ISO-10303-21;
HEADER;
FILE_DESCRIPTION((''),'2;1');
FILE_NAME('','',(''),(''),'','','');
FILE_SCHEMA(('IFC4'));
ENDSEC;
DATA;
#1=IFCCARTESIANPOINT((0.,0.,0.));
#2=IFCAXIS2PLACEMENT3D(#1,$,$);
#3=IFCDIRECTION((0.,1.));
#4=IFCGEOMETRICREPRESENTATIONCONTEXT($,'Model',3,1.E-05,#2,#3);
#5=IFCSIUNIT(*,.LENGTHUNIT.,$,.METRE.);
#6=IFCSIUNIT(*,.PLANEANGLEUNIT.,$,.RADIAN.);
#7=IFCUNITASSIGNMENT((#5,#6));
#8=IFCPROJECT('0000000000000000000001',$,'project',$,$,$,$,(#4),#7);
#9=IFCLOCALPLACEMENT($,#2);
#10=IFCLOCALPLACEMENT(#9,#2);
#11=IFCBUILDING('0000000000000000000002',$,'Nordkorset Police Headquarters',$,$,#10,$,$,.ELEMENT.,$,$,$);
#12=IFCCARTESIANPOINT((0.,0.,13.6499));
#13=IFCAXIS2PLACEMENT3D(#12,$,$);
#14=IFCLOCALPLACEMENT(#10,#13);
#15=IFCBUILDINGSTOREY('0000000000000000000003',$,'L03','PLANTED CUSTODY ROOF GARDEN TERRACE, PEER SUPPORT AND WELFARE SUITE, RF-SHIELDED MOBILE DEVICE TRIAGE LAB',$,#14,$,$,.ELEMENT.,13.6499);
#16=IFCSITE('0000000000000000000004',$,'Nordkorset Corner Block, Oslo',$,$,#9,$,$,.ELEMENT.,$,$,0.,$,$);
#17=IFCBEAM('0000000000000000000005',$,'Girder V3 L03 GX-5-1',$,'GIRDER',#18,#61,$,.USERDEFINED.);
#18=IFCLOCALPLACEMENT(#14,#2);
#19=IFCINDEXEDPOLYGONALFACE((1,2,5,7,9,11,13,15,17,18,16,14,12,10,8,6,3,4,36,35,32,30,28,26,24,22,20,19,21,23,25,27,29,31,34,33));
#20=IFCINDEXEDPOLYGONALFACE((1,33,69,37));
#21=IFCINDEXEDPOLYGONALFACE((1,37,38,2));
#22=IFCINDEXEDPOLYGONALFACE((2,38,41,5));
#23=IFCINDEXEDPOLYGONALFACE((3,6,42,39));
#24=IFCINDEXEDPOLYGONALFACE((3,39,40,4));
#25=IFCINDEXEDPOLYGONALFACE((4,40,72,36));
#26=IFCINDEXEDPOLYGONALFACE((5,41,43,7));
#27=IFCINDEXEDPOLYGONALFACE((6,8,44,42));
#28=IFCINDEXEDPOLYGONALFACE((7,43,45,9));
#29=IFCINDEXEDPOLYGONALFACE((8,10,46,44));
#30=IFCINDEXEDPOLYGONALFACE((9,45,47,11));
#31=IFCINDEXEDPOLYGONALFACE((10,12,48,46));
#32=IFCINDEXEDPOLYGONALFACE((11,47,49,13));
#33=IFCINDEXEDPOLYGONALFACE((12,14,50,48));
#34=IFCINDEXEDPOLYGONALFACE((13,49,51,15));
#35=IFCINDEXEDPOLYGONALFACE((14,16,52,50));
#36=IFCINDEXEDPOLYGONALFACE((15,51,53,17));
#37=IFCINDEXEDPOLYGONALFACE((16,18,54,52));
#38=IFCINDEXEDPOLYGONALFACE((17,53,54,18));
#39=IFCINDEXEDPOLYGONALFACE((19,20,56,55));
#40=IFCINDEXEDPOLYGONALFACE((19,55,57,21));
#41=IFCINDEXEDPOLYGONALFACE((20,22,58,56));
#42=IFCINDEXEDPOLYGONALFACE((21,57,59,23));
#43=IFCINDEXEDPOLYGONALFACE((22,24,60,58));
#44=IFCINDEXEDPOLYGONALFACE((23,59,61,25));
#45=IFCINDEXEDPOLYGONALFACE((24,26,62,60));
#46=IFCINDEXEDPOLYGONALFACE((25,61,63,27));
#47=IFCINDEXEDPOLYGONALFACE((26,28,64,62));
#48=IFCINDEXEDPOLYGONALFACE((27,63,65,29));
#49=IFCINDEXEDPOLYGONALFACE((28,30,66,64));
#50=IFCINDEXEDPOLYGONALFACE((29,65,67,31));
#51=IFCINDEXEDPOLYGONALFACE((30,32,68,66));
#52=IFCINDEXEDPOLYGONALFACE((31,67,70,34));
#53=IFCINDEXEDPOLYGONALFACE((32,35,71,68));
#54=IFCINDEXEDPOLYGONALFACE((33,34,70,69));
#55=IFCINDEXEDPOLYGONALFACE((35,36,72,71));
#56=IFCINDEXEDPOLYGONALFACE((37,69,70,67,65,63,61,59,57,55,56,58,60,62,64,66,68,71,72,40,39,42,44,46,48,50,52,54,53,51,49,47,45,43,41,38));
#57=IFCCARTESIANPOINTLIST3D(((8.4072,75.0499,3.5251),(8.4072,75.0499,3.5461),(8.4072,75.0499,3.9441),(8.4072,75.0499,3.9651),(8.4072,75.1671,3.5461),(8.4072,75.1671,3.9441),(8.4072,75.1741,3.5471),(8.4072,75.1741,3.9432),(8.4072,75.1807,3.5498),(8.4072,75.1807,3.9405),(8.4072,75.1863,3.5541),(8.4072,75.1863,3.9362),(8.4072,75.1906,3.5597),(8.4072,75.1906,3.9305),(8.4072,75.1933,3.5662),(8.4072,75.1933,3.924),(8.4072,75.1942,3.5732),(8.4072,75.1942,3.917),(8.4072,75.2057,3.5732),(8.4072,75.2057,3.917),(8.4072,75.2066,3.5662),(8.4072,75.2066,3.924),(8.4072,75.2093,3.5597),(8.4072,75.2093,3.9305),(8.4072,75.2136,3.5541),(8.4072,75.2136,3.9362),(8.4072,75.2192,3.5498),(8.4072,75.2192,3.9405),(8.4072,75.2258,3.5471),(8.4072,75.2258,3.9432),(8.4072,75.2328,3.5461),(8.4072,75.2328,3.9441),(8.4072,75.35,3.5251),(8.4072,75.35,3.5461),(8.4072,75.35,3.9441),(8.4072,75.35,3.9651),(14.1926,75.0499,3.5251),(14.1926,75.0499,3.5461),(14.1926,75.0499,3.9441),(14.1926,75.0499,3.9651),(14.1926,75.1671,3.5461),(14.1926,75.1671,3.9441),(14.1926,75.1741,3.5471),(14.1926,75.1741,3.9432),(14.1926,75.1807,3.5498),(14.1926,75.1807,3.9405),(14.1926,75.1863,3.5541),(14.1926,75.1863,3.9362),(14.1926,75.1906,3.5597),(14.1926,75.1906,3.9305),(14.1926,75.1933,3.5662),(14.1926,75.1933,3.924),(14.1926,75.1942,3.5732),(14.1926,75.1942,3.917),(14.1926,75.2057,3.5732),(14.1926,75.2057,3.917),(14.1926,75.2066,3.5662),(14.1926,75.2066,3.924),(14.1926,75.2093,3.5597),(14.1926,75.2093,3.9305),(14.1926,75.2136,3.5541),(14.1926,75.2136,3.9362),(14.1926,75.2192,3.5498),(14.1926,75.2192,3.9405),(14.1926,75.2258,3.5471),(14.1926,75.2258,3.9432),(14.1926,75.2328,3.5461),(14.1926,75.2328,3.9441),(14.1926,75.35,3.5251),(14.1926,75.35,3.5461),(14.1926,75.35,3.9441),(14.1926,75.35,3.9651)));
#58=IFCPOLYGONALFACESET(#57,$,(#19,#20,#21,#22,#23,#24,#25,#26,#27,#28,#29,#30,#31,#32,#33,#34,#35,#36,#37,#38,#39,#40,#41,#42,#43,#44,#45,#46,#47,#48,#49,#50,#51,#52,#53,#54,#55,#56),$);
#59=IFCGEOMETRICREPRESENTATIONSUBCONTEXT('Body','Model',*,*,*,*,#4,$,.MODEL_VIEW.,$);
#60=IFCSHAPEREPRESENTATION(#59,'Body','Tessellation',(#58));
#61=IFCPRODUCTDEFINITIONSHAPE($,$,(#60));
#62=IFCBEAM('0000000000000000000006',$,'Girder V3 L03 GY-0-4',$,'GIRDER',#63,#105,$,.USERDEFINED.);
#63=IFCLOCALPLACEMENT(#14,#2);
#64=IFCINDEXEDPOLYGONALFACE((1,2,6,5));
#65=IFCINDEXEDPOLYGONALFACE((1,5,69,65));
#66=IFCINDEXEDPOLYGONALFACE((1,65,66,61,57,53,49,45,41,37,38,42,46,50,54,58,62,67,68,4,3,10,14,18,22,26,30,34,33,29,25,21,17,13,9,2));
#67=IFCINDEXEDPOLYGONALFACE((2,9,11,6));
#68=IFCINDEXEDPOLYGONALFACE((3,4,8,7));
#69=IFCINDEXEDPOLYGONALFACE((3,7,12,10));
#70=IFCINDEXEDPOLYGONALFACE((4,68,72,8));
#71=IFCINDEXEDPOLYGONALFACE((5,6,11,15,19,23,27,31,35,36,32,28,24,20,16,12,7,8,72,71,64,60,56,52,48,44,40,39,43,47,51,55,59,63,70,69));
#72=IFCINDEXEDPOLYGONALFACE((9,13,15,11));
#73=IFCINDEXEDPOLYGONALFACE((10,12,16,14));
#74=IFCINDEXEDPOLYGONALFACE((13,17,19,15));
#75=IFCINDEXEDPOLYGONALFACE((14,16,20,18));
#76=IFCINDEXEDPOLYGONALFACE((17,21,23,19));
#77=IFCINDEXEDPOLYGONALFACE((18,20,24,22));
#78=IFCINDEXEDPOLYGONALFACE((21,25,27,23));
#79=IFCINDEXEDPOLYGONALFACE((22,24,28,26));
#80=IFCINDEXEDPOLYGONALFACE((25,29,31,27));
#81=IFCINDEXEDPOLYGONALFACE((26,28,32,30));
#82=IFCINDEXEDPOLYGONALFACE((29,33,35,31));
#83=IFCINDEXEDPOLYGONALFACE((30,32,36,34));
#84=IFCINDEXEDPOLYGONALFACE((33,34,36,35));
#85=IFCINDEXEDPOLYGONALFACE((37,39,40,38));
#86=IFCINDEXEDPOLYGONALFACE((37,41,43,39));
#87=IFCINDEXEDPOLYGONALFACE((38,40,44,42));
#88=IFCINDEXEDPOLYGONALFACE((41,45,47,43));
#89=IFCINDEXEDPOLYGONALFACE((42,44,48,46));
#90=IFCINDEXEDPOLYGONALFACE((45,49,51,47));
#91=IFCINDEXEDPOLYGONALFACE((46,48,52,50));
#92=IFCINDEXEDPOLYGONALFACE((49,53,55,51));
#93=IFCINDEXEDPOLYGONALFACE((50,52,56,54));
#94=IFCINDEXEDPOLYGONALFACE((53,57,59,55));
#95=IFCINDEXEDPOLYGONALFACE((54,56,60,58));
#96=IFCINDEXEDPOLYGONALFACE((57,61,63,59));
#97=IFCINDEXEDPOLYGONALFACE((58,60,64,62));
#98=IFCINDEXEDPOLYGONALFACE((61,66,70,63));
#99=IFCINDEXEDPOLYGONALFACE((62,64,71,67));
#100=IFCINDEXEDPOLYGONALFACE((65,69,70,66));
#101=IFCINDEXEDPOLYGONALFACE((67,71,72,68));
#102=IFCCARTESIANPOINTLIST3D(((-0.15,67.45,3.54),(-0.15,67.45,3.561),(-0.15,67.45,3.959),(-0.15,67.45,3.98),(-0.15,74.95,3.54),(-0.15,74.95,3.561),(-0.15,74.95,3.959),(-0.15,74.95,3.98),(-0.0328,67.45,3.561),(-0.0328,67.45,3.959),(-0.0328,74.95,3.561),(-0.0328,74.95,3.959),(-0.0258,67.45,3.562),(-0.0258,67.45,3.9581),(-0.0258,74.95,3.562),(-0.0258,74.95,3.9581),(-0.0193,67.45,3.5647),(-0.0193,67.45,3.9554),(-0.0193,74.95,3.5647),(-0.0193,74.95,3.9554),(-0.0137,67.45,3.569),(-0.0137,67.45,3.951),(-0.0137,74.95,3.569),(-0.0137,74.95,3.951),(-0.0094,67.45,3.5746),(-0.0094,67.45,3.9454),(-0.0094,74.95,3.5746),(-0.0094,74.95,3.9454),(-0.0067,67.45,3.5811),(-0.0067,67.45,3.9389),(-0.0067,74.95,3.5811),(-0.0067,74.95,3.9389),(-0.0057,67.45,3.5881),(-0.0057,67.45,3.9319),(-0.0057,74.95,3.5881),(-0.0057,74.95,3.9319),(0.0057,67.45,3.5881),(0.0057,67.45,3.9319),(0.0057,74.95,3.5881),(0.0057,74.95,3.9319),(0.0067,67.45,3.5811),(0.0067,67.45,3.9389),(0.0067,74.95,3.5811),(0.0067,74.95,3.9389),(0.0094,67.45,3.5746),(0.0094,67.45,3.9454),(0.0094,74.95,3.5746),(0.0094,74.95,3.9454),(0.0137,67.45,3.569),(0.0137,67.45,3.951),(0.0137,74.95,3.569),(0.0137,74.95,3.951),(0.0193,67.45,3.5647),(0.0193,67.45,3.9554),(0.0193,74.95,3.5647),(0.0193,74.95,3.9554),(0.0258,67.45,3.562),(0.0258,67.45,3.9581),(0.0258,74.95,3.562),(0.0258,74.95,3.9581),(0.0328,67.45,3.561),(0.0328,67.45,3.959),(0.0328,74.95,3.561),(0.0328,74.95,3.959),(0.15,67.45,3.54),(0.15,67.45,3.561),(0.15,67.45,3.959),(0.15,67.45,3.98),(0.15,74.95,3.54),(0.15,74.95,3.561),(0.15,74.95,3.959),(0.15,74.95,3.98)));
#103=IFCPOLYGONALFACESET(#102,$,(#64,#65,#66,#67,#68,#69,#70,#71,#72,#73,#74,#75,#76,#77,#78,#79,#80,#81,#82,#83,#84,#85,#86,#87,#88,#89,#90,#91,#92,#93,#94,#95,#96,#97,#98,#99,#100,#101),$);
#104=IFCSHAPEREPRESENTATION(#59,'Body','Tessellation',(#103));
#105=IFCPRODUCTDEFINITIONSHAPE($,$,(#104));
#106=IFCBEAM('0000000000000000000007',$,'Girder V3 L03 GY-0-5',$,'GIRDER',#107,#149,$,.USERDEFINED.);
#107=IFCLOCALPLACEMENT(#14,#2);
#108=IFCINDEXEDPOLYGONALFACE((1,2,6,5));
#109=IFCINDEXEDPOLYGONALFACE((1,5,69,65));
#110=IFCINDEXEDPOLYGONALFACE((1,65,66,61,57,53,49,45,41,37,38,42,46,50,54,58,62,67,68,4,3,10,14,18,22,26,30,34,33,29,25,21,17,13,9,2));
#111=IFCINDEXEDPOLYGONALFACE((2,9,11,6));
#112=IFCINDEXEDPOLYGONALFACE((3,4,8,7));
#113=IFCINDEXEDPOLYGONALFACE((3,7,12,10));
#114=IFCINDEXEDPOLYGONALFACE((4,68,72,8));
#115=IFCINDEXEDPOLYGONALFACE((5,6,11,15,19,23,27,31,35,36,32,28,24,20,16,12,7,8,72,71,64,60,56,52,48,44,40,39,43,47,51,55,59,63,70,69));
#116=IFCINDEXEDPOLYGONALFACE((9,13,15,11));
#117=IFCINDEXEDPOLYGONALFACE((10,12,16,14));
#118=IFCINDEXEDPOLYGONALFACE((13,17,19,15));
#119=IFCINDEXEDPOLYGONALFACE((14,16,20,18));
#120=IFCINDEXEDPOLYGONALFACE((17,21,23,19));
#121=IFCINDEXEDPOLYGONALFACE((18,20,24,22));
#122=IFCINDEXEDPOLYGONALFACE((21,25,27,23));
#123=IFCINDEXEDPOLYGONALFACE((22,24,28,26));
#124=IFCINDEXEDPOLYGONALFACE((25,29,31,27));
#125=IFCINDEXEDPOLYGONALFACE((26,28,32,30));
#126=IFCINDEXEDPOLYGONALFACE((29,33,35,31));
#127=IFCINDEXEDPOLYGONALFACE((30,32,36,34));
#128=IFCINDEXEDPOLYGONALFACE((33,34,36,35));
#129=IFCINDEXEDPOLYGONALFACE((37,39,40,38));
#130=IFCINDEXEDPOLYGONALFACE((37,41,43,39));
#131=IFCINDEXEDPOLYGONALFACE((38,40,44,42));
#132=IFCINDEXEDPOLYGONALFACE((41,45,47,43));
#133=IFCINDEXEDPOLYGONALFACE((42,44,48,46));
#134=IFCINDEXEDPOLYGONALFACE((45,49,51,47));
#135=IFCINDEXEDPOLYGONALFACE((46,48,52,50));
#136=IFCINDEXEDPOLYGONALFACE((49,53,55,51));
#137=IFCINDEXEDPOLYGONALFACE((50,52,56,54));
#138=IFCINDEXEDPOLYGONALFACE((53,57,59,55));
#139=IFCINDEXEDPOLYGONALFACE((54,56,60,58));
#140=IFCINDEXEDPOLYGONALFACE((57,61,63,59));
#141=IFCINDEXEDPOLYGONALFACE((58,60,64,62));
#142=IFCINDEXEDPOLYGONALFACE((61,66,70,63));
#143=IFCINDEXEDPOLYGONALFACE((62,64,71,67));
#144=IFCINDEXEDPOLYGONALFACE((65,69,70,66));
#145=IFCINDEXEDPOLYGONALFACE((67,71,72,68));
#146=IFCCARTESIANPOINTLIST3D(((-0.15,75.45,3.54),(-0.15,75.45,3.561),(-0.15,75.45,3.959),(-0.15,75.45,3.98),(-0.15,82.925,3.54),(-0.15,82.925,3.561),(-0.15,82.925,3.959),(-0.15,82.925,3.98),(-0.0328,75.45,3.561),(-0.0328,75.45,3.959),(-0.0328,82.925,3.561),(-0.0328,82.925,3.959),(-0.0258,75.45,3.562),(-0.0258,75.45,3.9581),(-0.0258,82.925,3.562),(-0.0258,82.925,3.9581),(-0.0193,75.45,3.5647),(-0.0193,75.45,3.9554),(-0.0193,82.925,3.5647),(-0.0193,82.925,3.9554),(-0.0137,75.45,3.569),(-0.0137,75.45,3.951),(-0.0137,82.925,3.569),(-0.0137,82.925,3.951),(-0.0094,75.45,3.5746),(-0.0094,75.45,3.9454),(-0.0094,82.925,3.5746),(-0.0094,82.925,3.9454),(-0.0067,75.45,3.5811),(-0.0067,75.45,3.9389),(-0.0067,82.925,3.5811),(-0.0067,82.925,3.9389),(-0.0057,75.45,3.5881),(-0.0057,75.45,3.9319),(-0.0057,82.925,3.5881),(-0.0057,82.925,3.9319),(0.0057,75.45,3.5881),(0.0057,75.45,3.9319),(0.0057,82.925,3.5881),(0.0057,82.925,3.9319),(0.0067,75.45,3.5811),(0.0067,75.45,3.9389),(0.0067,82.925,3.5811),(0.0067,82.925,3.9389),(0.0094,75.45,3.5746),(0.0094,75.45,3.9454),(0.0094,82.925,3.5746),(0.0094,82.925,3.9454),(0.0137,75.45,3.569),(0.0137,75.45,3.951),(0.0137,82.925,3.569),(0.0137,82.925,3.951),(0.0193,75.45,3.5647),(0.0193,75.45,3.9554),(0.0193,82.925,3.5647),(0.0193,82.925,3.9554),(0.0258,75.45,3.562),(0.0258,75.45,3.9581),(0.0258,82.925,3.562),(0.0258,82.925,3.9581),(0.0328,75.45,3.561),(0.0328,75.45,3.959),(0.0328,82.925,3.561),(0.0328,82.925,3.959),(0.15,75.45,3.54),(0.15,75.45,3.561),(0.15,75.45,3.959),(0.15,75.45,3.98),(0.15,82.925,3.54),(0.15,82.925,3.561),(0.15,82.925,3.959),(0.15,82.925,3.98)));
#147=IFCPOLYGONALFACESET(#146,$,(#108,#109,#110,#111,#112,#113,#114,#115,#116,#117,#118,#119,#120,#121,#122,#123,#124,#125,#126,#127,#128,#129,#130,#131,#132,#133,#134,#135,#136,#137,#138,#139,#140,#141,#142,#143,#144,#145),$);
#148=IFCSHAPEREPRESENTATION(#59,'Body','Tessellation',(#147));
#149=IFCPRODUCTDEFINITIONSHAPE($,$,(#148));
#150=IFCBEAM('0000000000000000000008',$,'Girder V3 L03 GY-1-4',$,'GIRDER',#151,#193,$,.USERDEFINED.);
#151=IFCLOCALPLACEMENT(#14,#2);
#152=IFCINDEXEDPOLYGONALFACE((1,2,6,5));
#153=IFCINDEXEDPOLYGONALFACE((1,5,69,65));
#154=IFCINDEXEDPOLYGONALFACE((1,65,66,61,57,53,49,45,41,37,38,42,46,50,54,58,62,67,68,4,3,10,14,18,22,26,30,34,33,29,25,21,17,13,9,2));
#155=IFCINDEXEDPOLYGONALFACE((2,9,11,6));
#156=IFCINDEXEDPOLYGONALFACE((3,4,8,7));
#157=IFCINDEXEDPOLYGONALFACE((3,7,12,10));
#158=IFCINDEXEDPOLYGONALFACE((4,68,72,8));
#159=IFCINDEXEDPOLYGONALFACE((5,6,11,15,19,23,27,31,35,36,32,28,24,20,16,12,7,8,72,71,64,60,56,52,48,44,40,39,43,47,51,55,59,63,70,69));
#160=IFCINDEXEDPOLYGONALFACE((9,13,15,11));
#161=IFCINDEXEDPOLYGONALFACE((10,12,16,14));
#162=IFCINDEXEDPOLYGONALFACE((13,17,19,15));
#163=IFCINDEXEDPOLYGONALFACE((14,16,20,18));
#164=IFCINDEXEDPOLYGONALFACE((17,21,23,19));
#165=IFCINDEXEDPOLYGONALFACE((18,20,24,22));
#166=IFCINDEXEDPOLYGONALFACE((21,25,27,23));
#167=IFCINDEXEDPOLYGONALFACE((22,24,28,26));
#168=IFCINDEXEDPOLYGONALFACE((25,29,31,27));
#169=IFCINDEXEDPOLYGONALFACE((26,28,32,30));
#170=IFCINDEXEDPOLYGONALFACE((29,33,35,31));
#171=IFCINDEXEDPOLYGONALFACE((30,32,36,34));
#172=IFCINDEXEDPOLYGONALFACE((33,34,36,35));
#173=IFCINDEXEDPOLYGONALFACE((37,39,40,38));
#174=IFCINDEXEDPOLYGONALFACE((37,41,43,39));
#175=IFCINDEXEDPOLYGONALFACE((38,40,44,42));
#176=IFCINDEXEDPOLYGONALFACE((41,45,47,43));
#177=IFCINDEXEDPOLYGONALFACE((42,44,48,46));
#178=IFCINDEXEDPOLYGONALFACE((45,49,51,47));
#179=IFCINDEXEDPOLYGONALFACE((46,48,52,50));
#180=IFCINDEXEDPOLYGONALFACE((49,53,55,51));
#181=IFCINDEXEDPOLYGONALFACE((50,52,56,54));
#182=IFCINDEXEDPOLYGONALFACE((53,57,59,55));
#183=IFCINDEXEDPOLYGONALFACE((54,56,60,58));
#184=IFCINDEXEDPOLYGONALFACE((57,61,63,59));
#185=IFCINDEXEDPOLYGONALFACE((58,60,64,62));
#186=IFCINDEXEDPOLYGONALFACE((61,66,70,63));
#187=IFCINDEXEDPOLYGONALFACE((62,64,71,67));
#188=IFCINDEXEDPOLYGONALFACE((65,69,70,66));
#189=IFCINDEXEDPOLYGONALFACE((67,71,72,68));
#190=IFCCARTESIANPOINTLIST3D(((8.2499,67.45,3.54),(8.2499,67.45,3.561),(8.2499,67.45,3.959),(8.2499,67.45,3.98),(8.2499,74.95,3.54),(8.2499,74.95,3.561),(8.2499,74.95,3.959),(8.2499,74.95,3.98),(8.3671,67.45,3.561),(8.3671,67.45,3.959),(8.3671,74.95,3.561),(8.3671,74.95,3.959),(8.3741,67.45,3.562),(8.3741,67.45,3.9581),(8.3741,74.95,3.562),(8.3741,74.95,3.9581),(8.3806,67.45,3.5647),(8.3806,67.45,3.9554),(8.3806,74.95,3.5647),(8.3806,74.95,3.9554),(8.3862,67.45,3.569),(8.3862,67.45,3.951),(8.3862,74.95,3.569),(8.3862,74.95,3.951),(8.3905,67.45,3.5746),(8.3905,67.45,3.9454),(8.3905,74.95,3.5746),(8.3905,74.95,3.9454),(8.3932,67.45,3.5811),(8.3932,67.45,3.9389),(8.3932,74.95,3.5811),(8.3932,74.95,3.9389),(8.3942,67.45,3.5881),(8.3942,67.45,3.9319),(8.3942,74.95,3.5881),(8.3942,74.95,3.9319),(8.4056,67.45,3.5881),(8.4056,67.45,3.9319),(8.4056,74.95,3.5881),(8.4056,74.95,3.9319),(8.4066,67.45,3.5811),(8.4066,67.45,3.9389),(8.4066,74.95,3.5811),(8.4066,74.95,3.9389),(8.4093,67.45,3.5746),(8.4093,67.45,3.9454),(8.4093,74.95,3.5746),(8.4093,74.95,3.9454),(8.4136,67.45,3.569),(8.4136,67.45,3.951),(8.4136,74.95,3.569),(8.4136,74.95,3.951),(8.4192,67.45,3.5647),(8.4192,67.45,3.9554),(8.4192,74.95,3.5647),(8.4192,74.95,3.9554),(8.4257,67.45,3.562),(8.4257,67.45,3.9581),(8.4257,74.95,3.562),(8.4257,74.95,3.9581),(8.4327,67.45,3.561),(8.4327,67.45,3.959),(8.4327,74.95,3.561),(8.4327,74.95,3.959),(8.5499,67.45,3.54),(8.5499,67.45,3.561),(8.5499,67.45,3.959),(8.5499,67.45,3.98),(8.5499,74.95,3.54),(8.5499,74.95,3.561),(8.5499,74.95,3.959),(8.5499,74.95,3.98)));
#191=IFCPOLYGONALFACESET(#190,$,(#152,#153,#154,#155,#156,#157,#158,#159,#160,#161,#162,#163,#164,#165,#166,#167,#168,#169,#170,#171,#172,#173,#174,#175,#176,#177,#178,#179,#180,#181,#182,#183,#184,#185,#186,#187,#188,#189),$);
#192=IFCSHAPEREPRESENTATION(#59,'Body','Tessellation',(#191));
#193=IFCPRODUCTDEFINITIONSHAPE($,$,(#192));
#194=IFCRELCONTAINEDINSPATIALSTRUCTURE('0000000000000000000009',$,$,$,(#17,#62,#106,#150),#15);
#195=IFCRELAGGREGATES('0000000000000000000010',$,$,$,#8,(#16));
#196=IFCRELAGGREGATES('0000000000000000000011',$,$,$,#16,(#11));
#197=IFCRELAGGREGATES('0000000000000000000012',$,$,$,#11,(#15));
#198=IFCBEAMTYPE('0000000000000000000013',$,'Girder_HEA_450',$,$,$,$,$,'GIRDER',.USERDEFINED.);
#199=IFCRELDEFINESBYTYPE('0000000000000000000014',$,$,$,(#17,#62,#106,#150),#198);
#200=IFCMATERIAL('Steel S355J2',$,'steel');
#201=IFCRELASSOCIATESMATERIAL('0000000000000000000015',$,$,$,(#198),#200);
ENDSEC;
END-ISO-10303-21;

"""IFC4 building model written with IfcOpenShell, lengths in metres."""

from ifc_helpers import new_model, si_unit, direction, frame, origin, origin_2d, place, context, subcontext, project, spatial, i_section, extrude, material, material_profile, profile_set, type_object, element, save


model = new_model("IFC4")

# Units and contexts
model_context = context("Model", 3, precision=1e-05, world=origin(), true_north=direction((0.0, 1.0)))
body_context = subcontext(model_context, "Body", "Model", "MODEL_VIEW")
ifc_project = project(units=[si_unit("LENGTHUNIT", "METRE"), si_unit("PLANEANGLEUNIT", "RADIAN")], contexts=[model_context])

# Site, building, storey
site_placement = place(None, origin())
site = spatial("IfcSite", under=ifc_project, at=site_placement, Name="Nordkorset Corner Block, Oslo", CompositionType="ELEMENT", RefElevation=0.0)
building_placement = place(site_placement, origin())
building = spatial("IfcBuilding", under=site, at=building_placement, Name="Nordkorset Police Headquarters", CompositionType="ELEMENT")
storey_placement = place(building_placement, frame((0.0, 0.0, 13.6499)))
storey = spatial("IfcBuildingStorey", under=building, at=storey_placement, Name="L03", Description="PLANTED CUSTODY ROOF GARDEN TERRACE, PEER SUPPORT AND WELFARE SUITE, RF-SHIELDED MOBILE DEVICE TRIAGE LAB", CompositionType="ELEMENT", Elevation=13.6499)

# Beams
ifc_material_1 = material(Name="Steel S355J2", Category="steel")
ifc_material_profile_1 = material_profile(ifc_material_1, i_section(OverallWidth=0.3, OverallDepth=0.4399, WebThickness=0.0115, FlangeThickness=0.021, FilletRadius=0.0271, at=origin_2d()), Name="HEA 450")
ifc_profile_set_1 = profile_set([ifc_material_profile_1], Name="Steel S355J2")
beam_type_1 = type_object("IfcBeamType", Name="Girder_HEA_450", ElementType="GIRDER", PredefinedType="USERDEFINED", material=ifc_profile_set_1)
beam_1_placement = place(storey_placement, frame((8.4072, 75.2, 3.7451), z_axis=(1.0, 0.0, 0.0), x_axis=(0.0, 1.0, 0.0)))
element("IfcBeam", 1, at=beam_1_placement, inside=storey, type_object=beam_type_1, Name="Girder V3 L03 GX-5-1", ObjectType="GIRDER", PredefinedType="USERDEFINED", context=body_context, shape_type="SweptSolid", body=[
    extrude(i_section(OverallWidth=0.3, OverallDepth=0.4399, WebThickness=0.0115, FlangeThickness=0.021, FilletRadius=0.0271, at=origin_2d()), origin(), (0.0, 0.0, 1.0), 5.7854),
])
beam_2_placement = place(storey_placement, frame((0.0, 67.45, 3.76), z_axis=(0.0, 1.0, 0.0), x_axis=(-1.0, 0.0, 0.0)))
element("IfcBeam", 2, at=beam_2_placement, inside=storey, type_object=beam_type_1, Name="Girder V3 L03 GY-0-4", ObjectType="GIRDER", PredefinedType="USERDEFINED", context=body_context, shape_type="SweptSolid", body=[
    extrude(i_section(OverallWidth=0.3, OverallDepth=0.4399, WebThickness=0.0115, FlangeThickness=0.021, FilletRadius=0.0271, at=origin_2d()), origin(), (0.0, 0.0, 1.0), 7.5),
])
beam_3_placement = place(storey_placement, frame((0.0, 75.45, 3.76), z_axis=(0.0, 1.0, 0.0), x_axis=(-1.0, 0.0, 0.0)))
element("IfcBeam", 3, at=beam_3_placement, inside=storey, type_object=beam_type_1, Name="Girder V3 L03 GY-0-5", ObjectType="GIRDER", PredefinedType="USERDEFINED", context=body_context, shape_type="SweptSolid", body=[
    extrude(i_section(OverallWidth=0.3, OverallDepth=0.4399, WebThickness=0.0115, FlangeThickness=0.021, FilletRadius=0.0271, at=origin_2d()), origin(), (0.0, 0.0, 1.0), 7.4751),
])
beam_4_placement = place(storey_placement, frame((8.3999, 67.45, 3.76), z_axis=(0.0, 1.0, 0.0), x_axis=(-1.0, 0.0, 0.0)))
element("IfcBeam", 4, at=beam_4_placement, inside=storey, type_object=beam_type_1, Name="Girder V3 L03 GY-1-4", ObjectType="GIRDER", PredefinedType="USERDEFINED", context=body_context, shape_type="SweptSolid", body=[
    extrude(i_section(OverallWidth=0.3, OverallDepth=0.4399, WebThickness=0.0115, FlangeThickness=0.021, FilletRadius=0.0271, at=origin_2d()), origin(), (0.0, 0.0, 1.0), 7.5),
])

save(model, "model.ifc")
